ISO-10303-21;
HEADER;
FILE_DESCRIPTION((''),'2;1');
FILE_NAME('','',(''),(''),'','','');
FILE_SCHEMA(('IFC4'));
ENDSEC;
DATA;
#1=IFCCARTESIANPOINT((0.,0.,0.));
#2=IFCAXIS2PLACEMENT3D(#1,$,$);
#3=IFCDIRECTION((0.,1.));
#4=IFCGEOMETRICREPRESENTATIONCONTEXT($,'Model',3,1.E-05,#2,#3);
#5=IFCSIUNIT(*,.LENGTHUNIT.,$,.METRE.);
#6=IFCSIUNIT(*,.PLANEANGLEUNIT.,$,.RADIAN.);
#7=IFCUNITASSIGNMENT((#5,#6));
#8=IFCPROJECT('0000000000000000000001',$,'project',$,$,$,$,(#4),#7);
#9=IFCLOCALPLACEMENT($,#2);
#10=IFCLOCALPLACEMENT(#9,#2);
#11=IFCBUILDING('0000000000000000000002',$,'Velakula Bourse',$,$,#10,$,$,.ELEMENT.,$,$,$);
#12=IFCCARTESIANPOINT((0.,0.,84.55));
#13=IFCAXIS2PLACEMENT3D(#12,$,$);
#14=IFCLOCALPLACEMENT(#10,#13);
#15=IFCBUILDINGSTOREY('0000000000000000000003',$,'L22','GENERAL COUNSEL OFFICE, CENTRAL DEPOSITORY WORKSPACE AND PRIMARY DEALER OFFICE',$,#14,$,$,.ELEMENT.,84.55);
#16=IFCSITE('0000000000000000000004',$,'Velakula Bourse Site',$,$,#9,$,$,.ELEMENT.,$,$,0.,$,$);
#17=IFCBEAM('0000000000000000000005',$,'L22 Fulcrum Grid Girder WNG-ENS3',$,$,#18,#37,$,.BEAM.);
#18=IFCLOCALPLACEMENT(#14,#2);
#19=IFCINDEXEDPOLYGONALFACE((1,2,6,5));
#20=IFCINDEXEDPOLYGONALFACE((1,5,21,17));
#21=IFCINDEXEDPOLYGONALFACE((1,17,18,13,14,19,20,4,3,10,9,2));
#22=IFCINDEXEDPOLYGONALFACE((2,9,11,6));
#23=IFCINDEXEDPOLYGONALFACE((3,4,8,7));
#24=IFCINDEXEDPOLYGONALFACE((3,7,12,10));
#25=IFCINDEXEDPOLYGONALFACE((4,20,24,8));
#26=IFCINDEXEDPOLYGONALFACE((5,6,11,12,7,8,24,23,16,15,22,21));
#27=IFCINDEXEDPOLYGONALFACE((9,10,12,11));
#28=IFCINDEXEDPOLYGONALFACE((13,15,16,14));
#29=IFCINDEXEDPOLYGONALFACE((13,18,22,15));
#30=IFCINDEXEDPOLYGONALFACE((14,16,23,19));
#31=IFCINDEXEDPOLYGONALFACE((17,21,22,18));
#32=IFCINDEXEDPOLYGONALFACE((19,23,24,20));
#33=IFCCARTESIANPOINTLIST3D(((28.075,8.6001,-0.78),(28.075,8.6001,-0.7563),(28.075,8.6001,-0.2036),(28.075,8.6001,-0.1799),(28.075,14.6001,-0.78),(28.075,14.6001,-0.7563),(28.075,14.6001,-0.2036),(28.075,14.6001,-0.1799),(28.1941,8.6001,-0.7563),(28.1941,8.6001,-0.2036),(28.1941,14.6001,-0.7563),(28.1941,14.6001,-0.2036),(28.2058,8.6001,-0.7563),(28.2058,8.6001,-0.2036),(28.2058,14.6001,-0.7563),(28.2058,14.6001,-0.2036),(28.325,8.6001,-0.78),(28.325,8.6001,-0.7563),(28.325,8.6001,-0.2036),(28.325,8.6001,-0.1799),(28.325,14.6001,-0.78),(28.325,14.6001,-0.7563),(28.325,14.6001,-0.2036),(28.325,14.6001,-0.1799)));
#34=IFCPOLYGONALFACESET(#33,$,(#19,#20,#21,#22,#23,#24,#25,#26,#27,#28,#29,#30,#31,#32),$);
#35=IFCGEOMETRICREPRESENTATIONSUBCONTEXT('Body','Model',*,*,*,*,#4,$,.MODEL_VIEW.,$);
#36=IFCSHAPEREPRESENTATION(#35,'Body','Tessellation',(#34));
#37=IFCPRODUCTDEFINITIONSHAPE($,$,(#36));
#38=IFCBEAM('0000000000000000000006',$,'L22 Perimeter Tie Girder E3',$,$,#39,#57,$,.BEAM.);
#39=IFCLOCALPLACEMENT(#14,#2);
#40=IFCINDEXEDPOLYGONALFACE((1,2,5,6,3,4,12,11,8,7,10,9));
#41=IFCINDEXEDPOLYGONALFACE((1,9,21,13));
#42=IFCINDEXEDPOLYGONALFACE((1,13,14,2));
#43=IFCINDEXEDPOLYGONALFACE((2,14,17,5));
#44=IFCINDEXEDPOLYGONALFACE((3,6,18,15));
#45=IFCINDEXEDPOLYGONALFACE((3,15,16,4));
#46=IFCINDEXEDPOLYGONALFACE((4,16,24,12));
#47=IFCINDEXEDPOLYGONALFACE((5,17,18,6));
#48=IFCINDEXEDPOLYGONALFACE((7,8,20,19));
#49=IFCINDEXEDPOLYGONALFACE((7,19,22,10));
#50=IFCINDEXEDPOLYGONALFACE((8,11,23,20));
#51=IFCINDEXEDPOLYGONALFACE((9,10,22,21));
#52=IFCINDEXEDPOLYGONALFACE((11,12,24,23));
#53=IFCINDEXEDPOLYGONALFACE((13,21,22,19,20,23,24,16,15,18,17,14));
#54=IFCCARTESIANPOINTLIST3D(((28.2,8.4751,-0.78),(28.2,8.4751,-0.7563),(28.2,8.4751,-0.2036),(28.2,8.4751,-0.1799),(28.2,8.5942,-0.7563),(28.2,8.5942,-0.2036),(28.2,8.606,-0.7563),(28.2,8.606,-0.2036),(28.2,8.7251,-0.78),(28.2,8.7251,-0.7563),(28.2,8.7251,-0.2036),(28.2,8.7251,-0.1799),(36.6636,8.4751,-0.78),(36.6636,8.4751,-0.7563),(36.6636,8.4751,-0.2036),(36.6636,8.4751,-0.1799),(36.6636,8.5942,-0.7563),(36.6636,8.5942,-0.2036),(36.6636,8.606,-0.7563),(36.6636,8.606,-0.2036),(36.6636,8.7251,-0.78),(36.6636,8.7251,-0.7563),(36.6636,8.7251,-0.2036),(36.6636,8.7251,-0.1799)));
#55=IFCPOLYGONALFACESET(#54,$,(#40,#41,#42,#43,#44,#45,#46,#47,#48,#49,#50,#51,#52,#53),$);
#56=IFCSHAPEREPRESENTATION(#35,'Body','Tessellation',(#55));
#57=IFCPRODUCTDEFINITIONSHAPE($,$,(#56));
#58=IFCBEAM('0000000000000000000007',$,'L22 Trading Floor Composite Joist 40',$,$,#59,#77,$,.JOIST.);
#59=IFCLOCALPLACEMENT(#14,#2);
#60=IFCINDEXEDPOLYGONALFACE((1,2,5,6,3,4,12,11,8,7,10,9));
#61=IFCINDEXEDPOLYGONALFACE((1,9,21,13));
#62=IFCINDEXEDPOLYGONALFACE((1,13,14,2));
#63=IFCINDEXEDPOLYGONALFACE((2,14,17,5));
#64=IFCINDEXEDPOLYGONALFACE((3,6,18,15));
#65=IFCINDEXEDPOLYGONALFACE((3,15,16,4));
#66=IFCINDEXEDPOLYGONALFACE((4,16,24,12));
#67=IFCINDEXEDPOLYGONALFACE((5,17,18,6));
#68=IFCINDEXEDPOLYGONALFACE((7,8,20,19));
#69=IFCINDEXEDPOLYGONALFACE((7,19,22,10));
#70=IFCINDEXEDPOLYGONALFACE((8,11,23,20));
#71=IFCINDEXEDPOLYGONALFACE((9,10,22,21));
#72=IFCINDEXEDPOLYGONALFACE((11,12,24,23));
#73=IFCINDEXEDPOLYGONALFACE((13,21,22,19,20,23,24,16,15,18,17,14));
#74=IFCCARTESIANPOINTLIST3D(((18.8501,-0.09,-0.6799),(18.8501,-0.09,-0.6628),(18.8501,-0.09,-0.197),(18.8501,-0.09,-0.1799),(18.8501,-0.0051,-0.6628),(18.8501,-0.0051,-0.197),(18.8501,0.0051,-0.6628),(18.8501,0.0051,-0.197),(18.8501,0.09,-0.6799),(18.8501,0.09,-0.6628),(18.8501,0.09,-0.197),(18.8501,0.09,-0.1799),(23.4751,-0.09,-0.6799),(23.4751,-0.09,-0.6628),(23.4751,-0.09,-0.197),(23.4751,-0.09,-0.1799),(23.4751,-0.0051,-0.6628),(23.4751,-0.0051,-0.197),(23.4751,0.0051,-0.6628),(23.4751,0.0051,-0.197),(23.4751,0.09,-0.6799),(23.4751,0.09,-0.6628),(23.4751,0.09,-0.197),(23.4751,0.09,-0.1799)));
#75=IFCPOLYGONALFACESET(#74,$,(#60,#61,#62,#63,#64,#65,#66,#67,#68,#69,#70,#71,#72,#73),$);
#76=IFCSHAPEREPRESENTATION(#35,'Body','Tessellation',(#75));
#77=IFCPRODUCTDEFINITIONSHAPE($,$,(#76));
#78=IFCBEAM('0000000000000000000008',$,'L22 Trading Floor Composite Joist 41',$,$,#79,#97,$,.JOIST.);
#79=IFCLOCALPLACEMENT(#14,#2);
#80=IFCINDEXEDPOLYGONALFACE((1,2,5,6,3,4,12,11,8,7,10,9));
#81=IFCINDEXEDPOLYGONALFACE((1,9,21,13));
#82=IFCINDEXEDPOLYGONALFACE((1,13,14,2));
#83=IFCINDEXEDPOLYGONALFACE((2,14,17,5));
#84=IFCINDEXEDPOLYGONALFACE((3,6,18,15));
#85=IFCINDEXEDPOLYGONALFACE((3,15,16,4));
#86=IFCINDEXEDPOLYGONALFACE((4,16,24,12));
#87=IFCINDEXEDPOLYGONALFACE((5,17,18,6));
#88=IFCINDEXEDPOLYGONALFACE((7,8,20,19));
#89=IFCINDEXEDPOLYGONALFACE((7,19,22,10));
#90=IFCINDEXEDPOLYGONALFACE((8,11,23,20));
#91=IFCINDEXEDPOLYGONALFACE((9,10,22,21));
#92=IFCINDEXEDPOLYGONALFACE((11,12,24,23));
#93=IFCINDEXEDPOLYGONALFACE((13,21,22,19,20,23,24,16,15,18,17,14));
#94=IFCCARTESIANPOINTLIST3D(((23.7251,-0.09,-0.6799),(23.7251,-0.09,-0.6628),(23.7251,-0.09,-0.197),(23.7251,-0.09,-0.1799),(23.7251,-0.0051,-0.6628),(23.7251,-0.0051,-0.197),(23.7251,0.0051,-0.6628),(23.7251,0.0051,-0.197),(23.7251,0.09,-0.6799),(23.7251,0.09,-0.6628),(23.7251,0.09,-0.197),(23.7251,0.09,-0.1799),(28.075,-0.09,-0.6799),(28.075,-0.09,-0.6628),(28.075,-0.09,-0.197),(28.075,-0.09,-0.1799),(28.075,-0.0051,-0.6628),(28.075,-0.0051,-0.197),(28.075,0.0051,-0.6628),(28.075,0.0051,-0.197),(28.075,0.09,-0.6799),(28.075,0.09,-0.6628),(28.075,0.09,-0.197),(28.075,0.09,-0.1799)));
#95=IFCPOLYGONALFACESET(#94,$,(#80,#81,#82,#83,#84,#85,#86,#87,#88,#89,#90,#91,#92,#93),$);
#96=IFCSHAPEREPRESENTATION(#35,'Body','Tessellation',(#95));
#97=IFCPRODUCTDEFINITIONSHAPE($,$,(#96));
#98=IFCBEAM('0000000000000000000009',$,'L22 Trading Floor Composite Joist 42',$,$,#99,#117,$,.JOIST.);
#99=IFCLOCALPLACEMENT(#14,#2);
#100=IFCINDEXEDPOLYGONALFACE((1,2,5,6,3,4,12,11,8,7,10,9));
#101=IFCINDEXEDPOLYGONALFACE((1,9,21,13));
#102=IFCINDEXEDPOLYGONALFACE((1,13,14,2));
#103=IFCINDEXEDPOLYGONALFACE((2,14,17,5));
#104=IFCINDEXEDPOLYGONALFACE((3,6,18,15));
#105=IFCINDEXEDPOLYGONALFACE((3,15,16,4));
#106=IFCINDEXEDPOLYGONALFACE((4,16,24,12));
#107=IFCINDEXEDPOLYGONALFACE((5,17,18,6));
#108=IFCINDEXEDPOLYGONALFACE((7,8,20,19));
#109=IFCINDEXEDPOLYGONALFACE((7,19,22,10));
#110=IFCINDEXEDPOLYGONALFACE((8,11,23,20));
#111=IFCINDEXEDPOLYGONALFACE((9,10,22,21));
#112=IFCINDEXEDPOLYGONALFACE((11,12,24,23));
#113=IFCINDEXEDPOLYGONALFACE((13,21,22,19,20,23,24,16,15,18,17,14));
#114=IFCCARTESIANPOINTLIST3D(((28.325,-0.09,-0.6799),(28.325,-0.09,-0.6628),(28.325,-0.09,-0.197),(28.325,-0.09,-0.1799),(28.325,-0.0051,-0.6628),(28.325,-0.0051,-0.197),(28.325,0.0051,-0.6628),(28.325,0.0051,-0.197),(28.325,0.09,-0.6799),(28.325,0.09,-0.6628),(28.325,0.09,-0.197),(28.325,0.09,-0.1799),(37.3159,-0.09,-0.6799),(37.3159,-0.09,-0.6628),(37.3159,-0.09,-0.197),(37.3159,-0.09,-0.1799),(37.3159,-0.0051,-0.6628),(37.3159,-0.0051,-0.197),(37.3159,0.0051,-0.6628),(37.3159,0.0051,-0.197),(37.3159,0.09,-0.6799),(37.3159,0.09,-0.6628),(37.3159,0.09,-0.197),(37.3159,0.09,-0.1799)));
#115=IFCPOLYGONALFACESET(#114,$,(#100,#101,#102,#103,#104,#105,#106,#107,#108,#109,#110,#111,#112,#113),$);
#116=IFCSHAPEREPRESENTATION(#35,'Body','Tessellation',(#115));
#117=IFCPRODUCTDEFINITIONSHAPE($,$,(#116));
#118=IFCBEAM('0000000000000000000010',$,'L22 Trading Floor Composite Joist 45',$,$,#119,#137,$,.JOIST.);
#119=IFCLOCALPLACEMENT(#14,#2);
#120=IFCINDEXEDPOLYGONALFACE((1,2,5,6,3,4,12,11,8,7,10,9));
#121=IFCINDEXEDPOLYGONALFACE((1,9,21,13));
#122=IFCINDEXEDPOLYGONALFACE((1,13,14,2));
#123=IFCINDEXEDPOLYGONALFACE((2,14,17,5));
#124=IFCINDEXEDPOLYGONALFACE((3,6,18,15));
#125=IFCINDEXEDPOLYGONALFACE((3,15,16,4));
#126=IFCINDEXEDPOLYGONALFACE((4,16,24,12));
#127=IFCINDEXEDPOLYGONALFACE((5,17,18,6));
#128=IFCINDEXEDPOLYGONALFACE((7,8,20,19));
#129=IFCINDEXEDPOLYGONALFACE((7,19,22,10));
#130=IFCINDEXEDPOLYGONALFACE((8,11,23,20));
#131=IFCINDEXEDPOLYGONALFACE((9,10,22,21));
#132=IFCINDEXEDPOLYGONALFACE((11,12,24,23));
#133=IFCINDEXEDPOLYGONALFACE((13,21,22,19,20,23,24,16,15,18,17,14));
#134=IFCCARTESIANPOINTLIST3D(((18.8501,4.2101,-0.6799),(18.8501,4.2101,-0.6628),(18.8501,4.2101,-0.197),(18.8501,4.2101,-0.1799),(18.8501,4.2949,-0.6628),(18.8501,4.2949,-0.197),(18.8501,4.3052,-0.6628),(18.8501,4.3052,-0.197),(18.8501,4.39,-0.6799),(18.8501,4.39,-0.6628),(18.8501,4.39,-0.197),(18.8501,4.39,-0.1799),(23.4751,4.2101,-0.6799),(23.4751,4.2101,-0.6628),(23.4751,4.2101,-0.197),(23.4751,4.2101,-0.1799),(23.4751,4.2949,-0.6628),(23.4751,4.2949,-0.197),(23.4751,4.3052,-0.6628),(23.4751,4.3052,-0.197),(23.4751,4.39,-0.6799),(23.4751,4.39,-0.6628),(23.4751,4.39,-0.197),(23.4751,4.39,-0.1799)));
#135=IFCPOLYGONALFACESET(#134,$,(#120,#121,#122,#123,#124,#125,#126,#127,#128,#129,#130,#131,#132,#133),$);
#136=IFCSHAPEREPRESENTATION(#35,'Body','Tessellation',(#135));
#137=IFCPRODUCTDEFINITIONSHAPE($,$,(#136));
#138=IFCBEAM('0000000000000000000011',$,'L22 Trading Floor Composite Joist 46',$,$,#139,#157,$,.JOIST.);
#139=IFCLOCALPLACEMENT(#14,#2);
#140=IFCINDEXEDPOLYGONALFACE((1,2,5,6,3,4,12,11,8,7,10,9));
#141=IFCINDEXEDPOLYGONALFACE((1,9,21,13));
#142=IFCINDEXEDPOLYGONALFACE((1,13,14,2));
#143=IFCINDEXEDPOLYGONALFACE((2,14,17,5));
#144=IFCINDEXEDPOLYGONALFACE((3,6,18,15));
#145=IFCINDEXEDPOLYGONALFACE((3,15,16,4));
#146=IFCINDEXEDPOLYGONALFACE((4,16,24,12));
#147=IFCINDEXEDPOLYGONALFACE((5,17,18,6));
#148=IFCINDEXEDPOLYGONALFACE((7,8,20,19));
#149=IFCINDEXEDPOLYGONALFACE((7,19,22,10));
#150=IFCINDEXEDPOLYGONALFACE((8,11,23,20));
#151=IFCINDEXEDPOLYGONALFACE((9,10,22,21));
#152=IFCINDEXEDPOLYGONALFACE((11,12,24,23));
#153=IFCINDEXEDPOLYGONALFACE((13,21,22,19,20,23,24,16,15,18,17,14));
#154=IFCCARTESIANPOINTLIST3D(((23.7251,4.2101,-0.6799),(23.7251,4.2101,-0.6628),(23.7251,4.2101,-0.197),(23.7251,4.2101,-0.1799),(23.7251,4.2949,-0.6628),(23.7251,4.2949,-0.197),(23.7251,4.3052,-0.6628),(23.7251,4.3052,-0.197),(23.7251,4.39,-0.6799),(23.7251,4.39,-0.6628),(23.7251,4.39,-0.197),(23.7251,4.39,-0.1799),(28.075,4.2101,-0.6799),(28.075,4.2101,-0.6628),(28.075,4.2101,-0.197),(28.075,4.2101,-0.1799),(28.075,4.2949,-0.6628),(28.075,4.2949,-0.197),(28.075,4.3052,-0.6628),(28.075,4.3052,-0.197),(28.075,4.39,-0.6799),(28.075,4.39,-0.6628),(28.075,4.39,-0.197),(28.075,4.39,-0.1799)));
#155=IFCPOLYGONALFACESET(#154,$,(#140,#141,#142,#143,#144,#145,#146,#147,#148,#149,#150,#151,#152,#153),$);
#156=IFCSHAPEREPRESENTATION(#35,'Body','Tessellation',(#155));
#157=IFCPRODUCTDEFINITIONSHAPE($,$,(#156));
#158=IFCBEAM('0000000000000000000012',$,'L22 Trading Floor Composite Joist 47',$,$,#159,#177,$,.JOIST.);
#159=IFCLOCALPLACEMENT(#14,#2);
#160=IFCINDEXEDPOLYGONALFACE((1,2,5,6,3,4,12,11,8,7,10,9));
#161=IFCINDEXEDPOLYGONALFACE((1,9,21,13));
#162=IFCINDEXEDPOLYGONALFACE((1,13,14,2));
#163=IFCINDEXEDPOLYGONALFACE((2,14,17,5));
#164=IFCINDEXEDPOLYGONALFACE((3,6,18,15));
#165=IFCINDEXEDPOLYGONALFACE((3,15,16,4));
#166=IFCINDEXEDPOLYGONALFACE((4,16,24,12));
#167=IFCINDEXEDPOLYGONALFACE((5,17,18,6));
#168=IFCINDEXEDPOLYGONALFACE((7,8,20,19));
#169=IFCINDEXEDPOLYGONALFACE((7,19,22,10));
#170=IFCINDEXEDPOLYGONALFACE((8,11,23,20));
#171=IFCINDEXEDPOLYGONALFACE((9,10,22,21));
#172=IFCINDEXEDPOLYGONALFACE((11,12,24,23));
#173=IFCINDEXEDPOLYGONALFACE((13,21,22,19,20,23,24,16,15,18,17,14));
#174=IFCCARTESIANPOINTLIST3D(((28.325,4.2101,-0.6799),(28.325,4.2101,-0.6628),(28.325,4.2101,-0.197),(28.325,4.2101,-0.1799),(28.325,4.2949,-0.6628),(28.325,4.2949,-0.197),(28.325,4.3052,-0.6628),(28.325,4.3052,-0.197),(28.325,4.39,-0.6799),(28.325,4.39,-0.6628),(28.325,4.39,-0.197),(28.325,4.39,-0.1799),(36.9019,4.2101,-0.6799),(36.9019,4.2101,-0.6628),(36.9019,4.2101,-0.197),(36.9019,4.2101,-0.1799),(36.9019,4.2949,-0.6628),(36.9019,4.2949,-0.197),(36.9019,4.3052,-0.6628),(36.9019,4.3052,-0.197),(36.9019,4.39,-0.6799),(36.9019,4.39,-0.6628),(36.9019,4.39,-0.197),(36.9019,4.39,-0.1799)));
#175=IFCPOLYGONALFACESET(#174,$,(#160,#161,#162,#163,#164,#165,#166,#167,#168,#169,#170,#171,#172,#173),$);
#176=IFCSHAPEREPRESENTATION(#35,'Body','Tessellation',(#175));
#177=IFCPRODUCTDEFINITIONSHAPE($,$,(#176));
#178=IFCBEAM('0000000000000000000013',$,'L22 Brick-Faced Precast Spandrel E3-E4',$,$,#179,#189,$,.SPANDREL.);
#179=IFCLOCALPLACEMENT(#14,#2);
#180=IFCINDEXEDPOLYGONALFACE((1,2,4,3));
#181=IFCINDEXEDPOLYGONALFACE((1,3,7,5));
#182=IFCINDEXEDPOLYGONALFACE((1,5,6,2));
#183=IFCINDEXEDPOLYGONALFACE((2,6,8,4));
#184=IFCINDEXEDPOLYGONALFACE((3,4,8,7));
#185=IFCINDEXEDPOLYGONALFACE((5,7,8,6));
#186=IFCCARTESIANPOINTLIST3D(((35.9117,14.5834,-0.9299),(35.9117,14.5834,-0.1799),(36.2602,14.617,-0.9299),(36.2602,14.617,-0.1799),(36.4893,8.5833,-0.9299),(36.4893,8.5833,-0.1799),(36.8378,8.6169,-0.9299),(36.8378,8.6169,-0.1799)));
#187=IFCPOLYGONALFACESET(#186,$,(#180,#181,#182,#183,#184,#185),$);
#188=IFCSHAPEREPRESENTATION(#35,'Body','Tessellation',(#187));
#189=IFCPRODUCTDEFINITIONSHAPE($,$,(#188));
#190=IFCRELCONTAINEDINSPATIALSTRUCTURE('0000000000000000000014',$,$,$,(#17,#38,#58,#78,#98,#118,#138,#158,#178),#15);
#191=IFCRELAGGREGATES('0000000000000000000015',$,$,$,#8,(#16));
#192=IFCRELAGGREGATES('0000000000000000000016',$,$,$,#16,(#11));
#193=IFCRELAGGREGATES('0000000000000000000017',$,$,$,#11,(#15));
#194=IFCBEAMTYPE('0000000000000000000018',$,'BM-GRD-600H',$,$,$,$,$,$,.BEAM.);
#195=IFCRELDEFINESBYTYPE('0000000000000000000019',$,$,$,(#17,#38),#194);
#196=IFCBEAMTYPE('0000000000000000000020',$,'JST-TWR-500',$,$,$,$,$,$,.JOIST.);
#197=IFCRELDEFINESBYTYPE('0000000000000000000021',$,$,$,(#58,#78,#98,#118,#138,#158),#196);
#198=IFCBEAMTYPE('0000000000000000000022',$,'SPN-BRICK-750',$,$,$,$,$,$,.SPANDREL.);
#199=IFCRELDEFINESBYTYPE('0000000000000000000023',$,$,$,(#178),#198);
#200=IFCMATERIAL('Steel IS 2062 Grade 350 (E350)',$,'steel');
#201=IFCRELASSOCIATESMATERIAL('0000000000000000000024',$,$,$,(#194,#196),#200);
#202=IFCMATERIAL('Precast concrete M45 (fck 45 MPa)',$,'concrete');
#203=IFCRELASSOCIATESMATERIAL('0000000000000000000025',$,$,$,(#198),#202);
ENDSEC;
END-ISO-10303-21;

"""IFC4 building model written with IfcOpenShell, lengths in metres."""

from ifc_helpers import new_model, si_unit, direction, frame, origin, origin_2d, place, context, subcontext, project, spatial, rectangle, i_section, extrude, material, material_profile, profile_set, type_object, element, save


model = new_model("IFC4")

# Units and contexts
model_context = context("Model", 3, precision=1e-05, world=origin(), true_north=direction((0.0, 1.0)))
body_context = subcontext(model_context, "Body", "Model", "MODEL_VIEW")
ifc_project = project(units=[si_unit("LENGTHUNIT", "METRE"), si_unit("PLANEANGLEUNIT", "RADIAN")], contexts=[model_context])

# Site, building, storey
site_placement = place(None, origin())
site = spatial("IfcSite", under=ifc_project, at=site_placement, Name="Velakula Bourse Site", CompositionType="ELEMENT", RefElevation=0.0)
building_placement = place(site_placement, origin())
building = spatial("IfcBuilding", under=site, at=building_placement, Name="Velakula Bourse", CompositionType="ELEMENT")
storey_placement = place(building_placement, frame((0.0, 0.0, 84.55)))
storey = spatial("IfcBuildingStorey", under=building, at=storey_placement, Name="L22", Description="GENERAL COUNSEL OFFICE, CENTRAL DEPOSITORY WORKSPACE AND PRIMARY DEALER OFFICE", CompositionType="ELEMENT", Elevation=84.55)

# Beams
ifc_material_1 = material(Name="Steel IS 2062 Grade 350 (E350)", Category="steel")
ifc_material_profile_1 = material_profile(ifc_material_1, i_section(OverallWidth=0.25, OverallDepth=0.6001, WebThickness=0.0117, FlangeThickness=0.0237, at=origin_2d()), Name="Steel IS 2062 Grade 350 (E350)")
ifc_profile_set_1 = profile_set([ifc_material_profile_1], Name="Steel IS 2062 Grade 350 (E350)")
beam_type_1 = type_object("IfcBeamType", Name="BM-GRD-600H", PredefinedType="BEAM", material=ifc_profile_set_1)
beam_1_placement = place(storey_placement, frame((28.2, 8.6001, -0.48), z_axis=(0.0, 1.0, 0.0), x_axis=(-1.0, 0.0, 0.0)))
element("IfcBeam", 1, at=beam_1_placement, inside=storey, type_object=beam_type_1, Name="L22 Fulcrum Grid Girder WNG-ENS3", PredefinedType="BEAM", context=body_context, shape_type="SweptSolid", body=[
    extrude(i_section(OverallWidth=0.25, OverallDepth=0.6001, WebThickness=0.0117, FlangeThickness=0.0237, at=origin_2d()), origin(), (0.0, 0.0, 1.0), 6.0),
])
beam_2_placement = place(storey_placement, frame((28.2, 8.6001, -0.48), z_axis=(1.0, 0.0, 0.0), x_axis=(0.0, 1.0, 0.0)))
element("IfcBeam", 2, at=beam_2_placement, inside=storey, type_object=beam_type_1, Name="L22 Perimeter Tie Girder E3", PredefinedType="BEAM", context=body_context, shape_type="SweptSolid", body=[
    extrude(i_section(OverallWidth=0.25, OverallDepth=0.6001, WebThickness=0.0117, FlangeThickness=0.0237, at=origin_2d()), origin(), (0.0, 0.0, 1.0), 8.4636),
])
ifc_material_profile_2 = material_profile(ifc_material_1, i_section(OverallWidth=0.1799, OverallDepth=0.5, WebThickness=0.0103, FlangeThickness=0.0171, at=origin_2d()), Name="Steel IS 2062 Grade 350 (E350)")
ifc_profile_set_2 = profile_set([ifc_material_profile_2], Name="Steel IS 2062 Grade 350 (E350)")
beam_type_2 = type_object("IfcBeamType", Name="JST-TWR-500", PredefinedType="JOIST", material=ifc_profile_set_2)
beam_3_placement = place(storey_placement, frame((18.8501, 0.0, -0.4299), z_axis=(1.0, 0.0, 0.0), x_axis=(0.0, 1.0, 0.0)))
element("IfcBeam", 3, at=beam_3_placement, inside=storey, type_object=beam_type_2, Name="L22 Trading Floor Composite Joist 40", PredefinedType="JOIST", context=body_context, shape_type="SweptSolid", body=[
    extrude(i_section(OverallWidth=0.1799, OverallDepth=0.5, WebThickness=0.0103, FlangeThickness=0.0171, at=origin_2d()), origin(), (0.0, 0.0, 1.0), 4.625),
])
beam_4_placement = place(storey_placement, frame((23.7251, 0.0, -0.4299), z_axis=(1.0, 0.0, 0.0), x_axis=(0.0, 1.0, 0.0)))
element("IfcBeam", 4, at=beam_4_placement, inside=storey, type_object=beam_type_2, Name="L22 Trading Floor Composite Joist 41", PredefinedType="JOIST", context=body_context, shape_type="SweptSolid", body=[
    extrude(i_section(OverallWidth=0.1799, OverallDepth=0.5, WebThickness=0.0103, FlangeThickness=0.0171, at=origin_2d()), origin(), (0.0, 0.0, 1.0), 4.3499),
])
beam_5_placement = place(storey_placement, frame((28.325, 0.0, -0.4299), z_axis=(1.0, 0.0, 0.0), x_axis=(0.0, 1.0, 0.0)))
element("IfcBeam", 5, at=beam_5_placement, inside=storey, type_object=beam_type_2, Name="L22 Trading Floor Composite Joist 42", PredefinedType="JOIST", context=body_context, shape_type="SweptSolid", body=[
    extrude(i_section(OverallWidth=0.1799, OverallDepth=0.5, WebThickness=0.0103, FlangeThickness=0.0171, at=origin_2d()), origin(), (0.0, 0.0, 1.0), 8.991),
])
beam_6_placement = place(storey_placement, frame((18.8501, 4.3, -0.4299), z_axis=(1.0, 0.0, 0.0), x_axis=(0.0, 1.0, 0.0)))
element("IfcBeam", 6, at=beam_6_placement, inside=storey, type_object=beam_type_2, Name="L22 Trading Floor Composite Joist 45", PredefinedType="JOIST", context=body_context, shape_type="SweptSolid", body=[
    extrude(i_section(OverallWidth=0.1799, OverallDepth=0.5, WebThickness=0.0103, FlangeThickness=0.0171, at=origin_2d()), origin(), (0.0, 0.0, 1.0), 4.625),
])
beam_7_placement = place(storey_placement, frame((23.7251, 4.3, -0.4299), z_axis=(1.0, 0.0, 0.0), x_axis=(0.0, 1.0, 0.0)))
element("IfcBeam", 7, at=beam_7_placement, inside=storey, type_object=beam_type_2, Name="L22 Trading Floor Composite Joist 46", PredefinedType="JOIST", context=body_context, shape_type="SweptSolid", body=[
    extrude(i_section(OverallWidth=0.1799, OverallDepth=0.5, WebThickness=0.0103, FlangeThickness=0.0171, at=origin_2d()), origin(), (0.0, 0.0, 1.0), 4.3499),
])
beam_8_placement = place(storey_placement, frame((28.325, 4.3, -0.4299), z_axis=(1.0, 0.0, 0.0), x_axis=(0.0, 1.0, 0.0)))
element("IfcBeam", 8, at=beam_8_placement, inside=storey, type_object=beam_type_2, Name="L22 Trading Floor Composite Joist 47", PredefinedType="JOIST", context=body_context, shape_type="SweptSolid", body=[
    extrude(i_section(OverallWidth=0.1799, OverallDepth=0.5, WebThickness=0.0103, FlangeThickness=0.0171, at=origin_2d()), origin(), (0.0, 0.0, 1.0), 8.5769),
])
ifc_material_2 = material(Name="Precast concrete M45 (fck 45 MPa)", Category="concrete")
ifc_material_profile_3 = material_profile(ifc_material_2, rectangle(XDim=0.3501, YDim=0.75, at=origin_2d()), Name="Precast concrete M45 (fck 45 MPa)")
ifc_profile_set_3 = profile_set([ifc_material_profile_3], Name="Precast concrete M45 (fck 45 MPa)")
beam_type_3 = type_object("IfcBeamType", Name="SPN-BRICK-750", PredefinedType="SPANDREL", material=ifc_profile_set_3)
beam_9_placement = place(storey_placement, frame((36.6636, 8.6001, -0.5549), z_axis=(-0.09583, 0.995398, 0.0), x_axis=(-0.995398, -0.09583, 0.0)))
element("IfcBeam", 9, at=beam_9_placement, inside=storey, type_object=beam_type_3, Name="L22 Brick-Faced Precast Spandrel E3-E4", PredefinedType="SPANDREL", context=body_context, shape_type="SweptSolid", body=[
    extrude(rectangle(XDim=0.3501, YDim=0.75, at=origin_2d()), origin(), (0.0, 0.0, 1.0), 6.0278),
])

save(model, "model.ifc")
